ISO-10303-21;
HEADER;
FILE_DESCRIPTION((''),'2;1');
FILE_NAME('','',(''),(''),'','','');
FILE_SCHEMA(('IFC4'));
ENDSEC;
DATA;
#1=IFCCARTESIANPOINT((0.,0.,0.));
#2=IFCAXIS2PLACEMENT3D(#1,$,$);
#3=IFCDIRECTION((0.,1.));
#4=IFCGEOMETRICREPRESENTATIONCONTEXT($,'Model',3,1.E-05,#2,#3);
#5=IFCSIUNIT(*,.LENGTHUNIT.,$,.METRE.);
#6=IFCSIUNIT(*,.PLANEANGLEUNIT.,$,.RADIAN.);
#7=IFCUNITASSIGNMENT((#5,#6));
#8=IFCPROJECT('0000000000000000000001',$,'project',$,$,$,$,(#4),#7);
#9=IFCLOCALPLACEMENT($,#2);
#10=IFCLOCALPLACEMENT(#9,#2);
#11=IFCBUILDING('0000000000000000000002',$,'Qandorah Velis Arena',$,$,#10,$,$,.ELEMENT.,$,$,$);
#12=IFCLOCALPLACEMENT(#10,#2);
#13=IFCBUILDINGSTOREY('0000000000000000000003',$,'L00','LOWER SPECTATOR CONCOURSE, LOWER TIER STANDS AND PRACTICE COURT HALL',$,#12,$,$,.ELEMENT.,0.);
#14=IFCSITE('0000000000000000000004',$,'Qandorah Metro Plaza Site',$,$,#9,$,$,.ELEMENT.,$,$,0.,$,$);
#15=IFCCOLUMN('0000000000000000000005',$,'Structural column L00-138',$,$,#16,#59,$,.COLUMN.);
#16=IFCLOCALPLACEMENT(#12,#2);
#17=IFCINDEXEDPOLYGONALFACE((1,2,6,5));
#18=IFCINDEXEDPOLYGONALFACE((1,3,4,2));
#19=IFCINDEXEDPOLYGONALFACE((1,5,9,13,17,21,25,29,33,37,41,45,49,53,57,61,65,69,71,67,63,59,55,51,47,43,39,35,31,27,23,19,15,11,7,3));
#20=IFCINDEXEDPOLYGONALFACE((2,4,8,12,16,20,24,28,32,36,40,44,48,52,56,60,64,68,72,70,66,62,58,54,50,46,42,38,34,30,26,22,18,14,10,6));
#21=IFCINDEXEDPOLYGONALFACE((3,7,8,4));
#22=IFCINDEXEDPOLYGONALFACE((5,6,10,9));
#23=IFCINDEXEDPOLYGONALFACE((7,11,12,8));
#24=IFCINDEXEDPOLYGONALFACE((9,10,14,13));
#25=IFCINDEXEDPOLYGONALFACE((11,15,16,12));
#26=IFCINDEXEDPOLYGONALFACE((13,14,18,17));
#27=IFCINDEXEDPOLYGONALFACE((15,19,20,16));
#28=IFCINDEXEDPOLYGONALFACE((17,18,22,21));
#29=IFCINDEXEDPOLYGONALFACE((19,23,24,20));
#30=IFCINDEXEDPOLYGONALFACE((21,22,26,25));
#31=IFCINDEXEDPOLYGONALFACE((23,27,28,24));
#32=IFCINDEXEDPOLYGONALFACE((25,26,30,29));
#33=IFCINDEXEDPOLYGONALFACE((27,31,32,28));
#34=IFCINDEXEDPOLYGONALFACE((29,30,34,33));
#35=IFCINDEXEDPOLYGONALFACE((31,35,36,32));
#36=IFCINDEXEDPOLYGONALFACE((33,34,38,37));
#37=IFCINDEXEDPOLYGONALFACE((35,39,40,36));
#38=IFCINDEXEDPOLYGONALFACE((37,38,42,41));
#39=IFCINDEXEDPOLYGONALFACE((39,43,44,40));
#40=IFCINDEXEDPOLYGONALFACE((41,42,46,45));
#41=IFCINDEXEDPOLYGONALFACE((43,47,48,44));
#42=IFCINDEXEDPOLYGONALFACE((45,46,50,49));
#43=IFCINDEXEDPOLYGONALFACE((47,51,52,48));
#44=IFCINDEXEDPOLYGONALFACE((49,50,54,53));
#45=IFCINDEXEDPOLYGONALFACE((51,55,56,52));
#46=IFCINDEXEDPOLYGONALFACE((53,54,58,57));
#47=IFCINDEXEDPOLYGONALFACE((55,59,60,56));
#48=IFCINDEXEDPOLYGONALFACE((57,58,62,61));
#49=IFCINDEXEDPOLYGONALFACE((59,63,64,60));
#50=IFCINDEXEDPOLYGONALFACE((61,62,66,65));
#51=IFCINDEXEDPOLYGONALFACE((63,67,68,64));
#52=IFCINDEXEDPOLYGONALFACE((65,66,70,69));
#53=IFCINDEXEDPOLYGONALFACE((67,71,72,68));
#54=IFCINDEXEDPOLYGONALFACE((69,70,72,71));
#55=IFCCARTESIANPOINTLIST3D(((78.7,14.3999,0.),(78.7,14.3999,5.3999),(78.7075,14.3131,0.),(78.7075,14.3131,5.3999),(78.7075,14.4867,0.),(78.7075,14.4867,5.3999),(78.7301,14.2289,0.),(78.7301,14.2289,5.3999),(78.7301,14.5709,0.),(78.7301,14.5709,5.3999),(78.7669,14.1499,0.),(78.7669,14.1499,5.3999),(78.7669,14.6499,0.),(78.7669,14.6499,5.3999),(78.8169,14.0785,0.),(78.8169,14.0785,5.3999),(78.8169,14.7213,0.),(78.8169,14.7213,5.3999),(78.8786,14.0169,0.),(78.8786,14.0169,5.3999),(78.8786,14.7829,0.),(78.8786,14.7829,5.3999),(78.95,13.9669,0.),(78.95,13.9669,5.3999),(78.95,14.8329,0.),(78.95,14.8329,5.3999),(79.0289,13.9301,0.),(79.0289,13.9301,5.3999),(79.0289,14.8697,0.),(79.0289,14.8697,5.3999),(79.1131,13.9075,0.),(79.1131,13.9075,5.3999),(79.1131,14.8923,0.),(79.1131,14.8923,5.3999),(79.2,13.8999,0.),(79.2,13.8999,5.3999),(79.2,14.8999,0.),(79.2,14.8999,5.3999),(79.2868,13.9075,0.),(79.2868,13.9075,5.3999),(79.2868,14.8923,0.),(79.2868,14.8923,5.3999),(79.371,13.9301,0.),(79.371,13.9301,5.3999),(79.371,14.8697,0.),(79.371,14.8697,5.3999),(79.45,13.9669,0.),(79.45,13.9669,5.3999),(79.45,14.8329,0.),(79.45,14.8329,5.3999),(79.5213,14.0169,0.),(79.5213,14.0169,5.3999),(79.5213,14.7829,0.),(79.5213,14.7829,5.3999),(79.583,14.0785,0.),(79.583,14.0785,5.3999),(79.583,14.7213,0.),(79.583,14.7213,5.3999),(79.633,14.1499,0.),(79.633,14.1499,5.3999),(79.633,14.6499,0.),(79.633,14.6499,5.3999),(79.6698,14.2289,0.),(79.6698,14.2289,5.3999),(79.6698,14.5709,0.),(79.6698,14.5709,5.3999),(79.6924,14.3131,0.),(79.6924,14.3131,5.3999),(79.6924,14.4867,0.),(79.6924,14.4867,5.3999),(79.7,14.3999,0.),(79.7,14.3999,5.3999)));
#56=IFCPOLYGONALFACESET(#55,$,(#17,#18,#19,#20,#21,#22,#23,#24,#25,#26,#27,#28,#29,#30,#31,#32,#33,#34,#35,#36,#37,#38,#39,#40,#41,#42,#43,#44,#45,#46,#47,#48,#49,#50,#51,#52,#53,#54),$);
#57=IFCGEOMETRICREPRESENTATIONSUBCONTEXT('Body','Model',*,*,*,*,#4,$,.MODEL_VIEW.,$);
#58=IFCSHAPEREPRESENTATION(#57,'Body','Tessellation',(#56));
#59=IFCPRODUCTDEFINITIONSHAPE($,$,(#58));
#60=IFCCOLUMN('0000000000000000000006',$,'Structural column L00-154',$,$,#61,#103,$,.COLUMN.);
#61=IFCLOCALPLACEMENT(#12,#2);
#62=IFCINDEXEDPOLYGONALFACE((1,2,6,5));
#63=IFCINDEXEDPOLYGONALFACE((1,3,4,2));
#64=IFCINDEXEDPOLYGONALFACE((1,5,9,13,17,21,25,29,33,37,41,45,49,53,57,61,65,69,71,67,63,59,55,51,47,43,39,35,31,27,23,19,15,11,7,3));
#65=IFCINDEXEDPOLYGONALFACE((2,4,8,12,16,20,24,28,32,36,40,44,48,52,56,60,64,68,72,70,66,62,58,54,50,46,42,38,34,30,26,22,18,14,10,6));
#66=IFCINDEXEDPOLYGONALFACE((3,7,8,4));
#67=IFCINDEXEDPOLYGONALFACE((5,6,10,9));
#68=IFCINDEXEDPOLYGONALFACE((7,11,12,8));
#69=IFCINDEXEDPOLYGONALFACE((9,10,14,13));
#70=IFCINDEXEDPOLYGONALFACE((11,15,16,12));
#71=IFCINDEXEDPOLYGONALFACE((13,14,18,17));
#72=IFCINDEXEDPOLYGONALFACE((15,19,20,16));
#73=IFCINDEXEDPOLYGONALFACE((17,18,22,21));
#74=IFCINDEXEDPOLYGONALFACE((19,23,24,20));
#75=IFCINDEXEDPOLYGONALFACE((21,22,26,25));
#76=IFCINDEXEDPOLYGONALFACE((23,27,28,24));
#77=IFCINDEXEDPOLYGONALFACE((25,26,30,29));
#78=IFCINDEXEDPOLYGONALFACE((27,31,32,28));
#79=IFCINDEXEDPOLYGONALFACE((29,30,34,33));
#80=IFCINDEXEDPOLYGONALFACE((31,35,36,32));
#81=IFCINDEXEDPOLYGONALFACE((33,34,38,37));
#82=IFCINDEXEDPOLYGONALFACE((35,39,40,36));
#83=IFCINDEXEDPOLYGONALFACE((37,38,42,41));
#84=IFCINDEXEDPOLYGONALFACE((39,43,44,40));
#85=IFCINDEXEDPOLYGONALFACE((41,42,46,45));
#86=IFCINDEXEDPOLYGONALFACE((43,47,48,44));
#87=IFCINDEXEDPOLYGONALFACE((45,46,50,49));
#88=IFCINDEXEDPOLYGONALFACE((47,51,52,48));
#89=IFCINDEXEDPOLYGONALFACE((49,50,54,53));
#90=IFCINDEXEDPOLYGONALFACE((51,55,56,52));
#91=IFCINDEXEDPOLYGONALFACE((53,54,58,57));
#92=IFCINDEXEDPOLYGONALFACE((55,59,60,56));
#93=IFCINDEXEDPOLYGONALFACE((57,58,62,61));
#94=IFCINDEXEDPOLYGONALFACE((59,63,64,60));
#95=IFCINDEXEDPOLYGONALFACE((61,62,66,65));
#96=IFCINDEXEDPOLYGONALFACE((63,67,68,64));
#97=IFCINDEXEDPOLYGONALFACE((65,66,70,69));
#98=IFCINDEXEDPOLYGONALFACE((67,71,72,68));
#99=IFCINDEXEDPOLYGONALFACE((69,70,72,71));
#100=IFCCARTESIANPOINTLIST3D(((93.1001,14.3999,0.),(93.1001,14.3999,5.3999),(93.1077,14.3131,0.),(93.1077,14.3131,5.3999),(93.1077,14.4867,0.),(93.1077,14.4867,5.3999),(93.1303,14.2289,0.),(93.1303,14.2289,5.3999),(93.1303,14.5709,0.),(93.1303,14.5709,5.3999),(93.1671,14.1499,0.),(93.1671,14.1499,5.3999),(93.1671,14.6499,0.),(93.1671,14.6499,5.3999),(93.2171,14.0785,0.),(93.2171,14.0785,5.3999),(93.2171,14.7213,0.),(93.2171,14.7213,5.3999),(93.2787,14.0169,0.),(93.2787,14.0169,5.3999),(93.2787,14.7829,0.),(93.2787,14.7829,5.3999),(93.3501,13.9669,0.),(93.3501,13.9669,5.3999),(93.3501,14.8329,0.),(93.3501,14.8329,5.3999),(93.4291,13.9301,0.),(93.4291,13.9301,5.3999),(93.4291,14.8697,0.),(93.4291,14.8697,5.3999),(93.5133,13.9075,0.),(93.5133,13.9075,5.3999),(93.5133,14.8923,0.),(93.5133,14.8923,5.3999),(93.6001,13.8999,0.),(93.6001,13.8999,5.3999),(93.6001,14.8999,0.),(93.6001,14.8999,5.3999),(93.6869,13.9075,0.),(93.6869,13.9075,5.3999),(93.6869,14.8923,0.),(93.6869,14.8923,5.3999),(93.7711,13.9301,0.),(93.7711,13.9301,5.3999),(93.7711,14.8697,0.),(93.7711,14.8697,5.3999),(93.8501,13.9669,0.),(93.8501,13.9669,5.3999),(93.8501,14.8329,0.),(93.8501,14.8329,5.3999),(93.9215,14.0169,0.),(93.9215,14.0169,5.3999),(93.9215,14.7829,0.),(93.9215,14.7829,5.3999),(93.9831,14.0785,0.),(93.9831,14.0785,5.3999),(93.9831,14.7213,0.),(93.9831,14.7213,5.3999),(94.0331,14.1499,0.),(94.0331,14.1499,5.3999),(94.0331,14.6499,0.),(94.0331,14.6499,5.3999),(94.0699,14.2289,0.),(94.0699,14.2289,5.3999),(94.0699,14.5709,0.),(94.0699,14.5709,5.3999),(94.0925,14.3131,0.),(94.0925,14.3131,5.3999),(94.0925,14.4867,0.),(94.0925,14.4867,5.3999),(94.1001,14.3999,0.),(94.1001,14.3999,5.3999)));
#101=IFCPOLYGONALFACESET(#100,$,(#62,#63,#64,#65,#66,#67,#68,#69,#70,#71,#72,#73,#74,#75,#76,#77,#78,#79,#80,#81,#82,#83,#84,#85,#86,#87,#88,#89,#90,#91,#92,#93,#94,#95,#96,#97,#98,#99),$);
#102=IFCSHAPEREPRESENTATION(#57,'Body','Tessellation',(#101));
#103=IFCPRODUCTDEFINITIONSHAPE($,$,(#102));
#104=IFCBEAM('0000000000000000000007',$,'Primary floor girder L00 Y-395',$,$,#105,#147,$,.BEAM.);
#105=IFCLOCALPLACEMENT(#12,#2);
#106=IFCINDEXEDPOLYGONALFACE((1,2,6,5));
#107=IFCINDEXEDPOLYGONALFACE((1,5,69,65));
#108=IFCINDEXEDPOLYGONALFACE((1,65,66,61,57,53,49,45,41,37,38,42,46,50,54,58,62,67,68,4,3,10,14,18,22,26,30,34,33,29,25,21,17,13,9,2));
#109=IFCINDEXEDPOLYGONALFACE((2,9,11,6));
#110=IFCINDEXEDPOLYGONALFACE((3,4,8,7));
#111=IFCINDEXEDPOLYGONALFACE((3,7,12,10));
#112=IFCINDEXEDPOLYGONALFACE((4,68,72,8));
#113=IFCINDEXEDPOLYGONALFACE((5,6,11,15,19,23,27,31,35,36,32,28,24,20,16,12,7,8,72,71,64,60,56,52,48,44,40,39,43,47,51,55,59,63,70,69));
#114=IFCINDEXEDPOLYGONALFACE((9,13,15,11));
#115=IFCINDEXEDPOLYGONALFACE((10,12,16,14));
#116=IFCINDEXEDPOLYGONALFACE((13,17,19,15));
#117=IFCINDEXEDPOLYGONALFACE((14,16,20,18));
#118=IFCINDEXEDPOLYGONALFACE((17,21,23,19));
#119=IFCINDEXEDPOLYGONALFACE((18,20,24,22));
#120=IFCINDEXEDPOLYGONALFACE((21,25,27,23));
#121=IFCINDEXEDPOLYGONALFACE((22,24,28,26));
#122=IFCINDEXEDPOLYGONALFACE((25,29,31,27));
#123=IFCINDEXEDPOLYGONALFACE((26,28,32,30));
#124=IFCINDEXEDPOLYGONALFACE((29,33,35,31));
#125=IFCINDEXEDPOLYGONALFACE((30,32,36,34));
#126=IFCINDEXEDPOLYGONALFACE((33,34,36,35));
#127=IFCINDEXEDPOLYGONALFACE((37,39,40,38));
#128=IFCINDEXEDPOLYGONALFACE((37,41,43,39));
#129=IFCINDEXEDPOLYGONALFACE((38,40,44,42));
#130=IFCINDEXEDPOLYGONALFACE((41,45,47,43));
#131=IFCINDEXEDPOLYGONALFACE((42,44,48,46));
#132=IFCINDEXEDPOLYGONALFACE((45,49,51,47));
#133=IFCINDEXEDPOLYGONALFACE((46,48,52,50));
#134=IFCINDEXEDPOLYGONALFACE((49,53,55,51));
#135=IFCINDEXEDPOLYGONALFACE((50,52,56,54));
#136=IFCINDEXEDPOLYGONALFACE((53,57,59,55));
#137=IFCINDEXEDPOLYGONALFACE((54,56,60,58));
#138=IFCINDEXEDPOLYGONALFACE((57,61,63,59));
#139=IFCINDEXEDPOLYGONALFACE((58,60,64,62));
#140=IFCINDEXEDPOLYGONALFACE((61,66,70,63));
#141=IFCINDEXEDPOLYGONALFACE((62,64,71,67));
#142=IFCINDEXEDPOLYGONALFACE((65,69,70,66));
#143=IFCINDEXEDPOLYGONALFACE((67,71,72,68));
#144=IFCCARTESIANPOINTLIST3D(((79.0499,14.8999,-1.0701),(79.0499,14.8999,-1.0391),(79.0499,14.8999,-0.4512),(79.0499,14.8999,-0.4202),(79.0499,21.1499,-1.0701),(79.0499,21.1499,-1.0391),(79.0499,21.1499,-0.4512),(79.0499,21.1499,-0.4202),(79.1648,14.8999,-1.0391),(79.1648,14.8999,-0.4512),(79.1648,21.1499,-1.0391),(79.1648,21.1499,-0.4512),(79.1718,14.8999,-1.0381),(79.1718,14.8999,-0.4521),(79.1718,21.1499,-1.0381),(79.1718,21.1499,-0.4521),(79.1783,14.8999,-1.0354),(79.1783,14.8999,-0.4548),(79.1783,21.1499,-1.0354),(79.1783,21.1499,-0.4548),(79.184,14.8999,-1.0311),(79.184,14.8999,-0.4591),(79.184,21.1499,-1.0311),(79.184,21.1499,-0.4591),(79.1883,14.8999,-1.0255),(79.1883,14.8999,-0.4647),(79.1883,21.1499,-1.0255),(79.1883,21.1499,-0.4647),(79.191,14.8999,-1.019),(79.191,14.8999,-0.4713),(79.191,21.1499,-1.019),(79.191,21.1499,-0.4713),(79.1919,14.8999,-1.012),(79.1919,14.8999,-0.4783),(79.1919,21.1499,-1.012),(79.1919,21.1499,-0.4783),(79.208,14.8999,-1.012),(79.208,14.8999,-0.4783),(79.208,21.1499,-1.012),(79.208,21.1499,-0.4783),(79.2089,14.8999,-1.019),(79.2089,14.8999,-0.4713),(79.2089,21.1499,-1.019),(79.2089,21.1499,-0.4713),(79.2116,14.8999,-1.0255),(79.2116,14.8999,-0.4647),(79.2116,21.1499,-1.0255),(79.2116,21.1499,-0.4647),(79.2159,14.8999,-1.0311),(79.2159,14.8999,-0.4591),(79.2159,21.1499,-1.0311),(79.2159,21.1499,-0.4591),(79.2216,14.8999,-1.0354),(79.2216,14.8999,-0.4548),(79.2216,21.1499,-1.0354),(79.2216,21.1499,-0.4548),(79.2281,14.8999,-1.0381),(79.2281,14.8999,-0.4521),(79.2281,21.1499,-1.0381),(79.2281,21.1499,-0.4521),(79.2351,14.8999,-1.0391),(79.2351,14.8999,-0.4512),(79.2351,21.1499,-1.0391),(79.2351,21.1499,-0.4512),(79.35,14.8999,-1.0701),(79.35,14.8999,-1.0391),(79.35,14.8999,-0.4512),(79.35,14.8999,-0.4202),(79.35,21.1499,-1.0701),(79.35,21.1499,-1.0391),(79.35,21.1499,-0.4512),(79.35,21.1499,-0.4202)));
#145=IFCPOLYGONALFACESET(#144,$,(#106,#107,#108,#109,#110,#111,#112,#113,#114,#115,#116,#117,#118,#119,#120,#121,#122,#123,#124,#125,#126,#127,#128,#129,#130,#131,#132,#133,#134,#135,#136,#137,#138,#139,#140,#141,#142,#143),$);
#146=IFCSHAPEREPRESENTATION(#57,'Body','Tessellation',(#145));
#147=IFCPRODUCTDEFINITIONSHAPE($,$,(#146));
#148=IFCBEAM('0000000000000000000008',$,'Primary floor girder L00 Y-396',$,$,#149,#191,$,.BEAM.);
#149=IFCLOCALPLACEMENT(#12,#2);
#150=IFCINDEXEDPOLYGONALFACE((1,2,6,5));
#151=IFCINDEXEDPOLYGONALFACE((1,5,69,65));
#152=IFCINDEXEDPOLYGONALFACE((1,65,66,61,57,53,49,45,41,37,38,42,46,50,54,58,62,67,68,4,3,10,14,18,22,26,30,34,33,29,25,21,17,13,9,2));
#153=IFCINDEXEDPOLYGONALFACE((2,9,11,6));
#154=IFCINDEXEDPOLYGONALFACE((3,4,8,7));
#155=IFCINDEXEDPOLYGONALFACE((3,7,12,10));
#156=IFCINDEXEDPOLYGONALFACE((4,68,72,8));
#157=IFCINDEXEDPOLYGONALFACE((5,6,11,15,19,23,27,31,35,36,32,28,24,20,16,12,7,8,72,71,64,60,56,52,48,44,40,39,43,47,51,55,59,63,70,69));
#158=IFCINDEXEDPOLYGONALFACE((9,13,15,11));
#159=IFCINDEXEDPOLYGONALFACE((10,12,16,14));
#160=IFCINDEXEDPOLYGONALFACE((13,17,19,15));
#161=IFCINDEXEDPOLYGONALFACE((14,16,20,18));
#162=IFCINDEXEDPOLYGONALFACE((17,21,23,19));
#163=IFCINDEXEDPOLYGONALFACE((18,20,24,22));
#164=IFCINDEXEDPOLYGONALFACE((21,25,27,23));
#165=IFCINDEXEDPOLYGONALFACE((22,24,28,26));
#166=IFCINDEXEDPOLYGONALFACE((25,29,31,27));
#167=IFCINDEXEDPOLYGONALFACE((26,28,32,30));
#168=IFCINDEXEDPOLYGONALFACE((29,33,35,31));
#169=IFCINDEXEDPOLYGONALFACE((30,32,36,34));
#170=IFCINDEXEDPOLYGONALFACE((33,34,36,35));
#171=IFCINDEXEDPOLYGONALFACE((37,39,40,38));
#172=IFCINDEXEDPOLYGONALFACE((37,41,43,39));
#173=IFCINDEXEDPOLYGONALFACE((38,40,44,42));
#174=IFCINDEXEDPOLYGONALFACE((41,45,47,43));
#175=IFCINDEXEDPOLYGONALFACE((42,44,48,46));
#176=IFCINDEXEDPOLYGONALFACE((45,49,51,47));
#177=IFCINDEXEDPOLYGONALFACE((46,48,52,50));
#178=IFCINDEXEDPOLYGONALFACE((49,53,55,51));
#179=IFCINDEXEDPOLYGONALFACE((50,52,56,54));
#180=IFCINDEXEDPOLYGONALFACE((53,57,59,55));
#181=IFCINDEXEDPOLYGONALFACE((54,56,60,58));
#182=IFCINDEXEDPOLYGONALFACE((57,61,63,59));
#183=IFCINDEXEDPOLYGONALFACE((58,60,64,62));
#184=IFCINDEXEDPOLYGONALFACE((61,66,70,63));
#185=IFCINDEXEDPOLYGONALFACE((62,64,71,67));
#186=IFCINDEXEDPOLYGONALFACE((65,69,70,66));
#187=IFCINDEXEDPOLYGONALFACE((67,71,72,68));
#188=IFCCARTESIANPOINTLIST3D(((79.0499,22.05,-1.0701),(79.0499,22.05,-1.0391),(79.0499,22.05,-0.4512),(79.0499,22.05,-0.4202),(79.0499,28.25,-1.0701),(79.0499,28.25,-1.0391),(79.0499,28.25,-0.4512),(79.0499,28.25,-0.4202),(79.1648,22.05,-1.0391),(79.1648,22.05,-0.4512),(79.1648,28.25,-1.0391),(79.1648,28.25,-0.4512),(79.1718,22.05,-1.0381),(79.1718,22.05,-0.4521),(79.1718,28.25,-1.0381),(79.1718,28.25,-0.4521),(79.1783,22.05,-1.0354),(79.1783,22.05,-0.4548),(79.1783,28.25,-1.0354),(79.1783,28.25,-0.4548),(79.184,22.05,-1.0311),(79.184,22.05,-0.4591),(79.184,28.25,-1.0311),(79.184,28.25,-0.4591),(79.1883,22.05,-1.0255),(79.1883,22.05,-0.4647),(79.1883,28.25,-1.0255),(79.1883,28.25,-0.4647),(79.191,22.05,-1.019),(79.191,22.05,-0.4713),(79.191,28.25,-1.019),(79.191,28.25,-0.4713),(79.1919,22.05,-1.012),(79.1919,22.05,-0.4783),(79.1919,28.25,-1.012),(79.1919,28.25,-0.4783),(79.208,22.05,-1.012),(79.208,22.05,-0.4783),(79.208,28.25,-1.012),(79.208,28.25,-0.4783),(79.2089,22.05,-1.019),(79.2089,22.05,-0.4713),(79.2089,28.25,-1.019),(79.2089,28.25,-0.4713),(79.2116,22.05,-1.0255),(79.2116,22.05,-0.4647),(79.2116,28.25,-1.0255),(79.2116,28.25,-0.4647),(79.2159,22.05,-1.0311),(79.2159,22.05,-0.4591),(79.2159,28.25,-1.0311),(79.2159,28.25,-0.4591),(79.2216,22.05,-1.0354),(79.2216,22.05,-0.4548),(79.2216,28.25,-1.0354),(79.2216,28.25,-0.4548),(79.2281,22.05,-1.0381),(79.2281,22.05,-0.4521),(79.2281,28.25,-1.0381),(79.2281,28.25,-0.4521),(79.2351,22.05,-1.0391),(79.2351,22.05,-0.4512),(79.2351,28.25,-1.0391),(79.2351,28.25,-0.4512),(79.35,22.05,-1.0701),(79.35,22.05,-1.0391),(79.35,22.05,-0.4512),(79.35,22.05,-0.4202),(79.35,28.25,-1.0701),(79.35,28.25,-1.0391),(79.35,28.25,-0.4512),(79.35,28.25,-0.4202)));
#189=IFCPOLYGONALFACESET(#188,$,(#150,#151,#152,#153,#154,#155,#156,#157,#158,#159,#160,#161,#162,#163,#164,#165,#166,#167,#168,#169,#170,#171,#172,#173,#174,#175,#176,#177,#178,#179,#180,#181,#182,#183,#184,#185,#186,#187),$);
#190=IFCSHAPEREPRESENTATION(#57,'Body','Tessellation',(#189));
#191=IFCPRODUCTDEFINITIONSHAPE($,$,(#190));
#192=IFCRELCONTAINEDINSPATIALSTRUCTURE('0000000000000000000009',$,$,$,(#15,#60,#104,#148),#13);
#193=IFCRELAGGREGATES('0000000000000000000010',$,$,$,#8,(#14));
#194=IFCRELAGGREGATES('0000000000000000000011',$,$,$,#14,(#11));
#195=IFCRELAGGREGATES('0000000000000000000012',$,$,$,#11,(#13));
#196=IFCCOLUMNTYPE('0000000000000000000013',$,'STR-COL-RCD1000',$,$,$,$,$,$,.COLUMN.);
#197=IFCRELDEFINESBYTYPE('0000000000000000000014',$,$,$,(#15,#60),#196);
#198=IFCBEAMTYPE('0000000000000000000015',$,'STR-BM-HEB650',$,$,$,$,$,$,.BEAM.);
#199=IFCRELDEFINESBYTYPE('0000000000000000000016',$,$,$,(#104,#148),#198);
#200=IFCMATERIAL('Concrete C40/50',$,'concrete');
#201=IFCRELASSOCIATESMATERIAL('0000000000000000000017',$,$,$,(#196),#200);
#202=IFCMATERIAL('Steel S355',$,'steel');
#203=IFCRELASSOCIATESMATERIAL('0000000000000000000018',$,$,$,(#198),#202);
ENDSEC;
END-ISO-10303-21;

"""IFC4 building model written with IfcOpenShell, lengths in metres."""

from ifc_helpers import new_model, si_unit, direction, frame, origin, origin_2d, place, context, subcontext, project, spatial, circle, i_section, extrude, material, material_profile, profile_set, type_object, element, save


model = new_model("IFC4")

# Units and contexts
model_context = context("Model", 3, precision=1e-05, world=origin(), true_north=direction((0.0, 1.0)))
body_context = subcontext(model_context, "Body", "Model", "MODEL_VIEW")
ifc_project = project(units=[si_unit("LENGTHUNIT", "METRE"), si_unit("PLANEANGLEUNIT", "RADIAN")], contexts=[model_context])

# Site, building, storey
site_placement = place(None, origin())
site = spatial("IfcSite", under=ifc_project, at=site_placement, Name="Qandorah Metro Plaza Site", CompositionType="ELEMENT", RefElevation=0.0)
building_placement = place(site_placement, origin())
building = spatial("IfcBuilding", under=site, at=building_placement, Name="Qandorah Velis Arena", CompositionType="ELEMENT")
storey_placement = place(building_placement, origin())
storey = spatial("IfcBuildingStorey", under=building, at=storey_placement, Name="L00", Description="LOWER SPECTATOR CONCOURSE, LOWER TIER STANDS AND PRACTICE COURT HALL", CompositionType="ELEMENT", Elevation=0.0)

# Columns
ifc_material_1 = material(Name="Concrete C40/50", Category="concrete")
ifc_material_profile_1 = material_profile(ifc_material_1, circle(Radius=0.5, at=origin_2d()), Name="RC D1000")
ifc_profile_set_1 = profile_set([ifc_material_profile_1], Name="Concrete C40/50")
column_type_1 = type_object("IfcColumnType", Name="STR-COL-RCD1000", PredefinedType="COLUMN", material=ifc_profile_set_1)
for number, where, z_axis, x_axis, name in (
    (1, (79.2, 14.3999, 0.0), (0.0, 0.0, 1.0), (1.0, 0.0, 0.0), "Structural column L00-138"),
    (2, (93.6001, 14.3999, 0.0), (0.0, 0.0, 1.0), (1.0, 0.0, 0.0), "Structural column L00-154"),
):
    element("IfcColumn", number, at=place(storey_placement, frame(where, z_axis=z_axis, x_axis=x_axis)), inside=storey, type_object=column_type_1, Name=name, PredefinedType="COLUMN", context=body_context, shape_type="SweptSolid", body=[
        extrude(circle(Radius=0.5, at=origin_2d()), origin(), (0.0, 0.0, 1.0), 5.3999),
    ])

# Beams
ifc_material_2 = material(Name="Steel S355", Category="steel")
ifc_material_profile_2 = material_profile(ifc_material_2, i_section(OverallWidth=0.3, OverallDepth=0.6499, WebThickness=0.0161, FlangeThickness=0.031, FilletRadius=0.0271, at=origin_2d()), Name="HEB 650")
ifc_profile_set_2 = profile_set([ifc_material_profile_2], Name="Steel S355")
beam_type_1 = type_object("IfcBeamType", Name="STR-BM-HEB650", PredefinedType="BEAM", material=ifc_profile_set_2)
beam_1_placement = place(storey_placement, frame((79.2, 14.8999, -0.7451), z_axis=(0.0, 1.0, 0.0), x_axis=(-1.0, 0.0, 0.0)))
element("IfcBeam", 3, at=beam_1_placement, inside=storey, type_object=beam_type_1, Name="Primary floor girder L00 Y-395", PredefinedType="BEAM", context=body_context, shape_type="SweptSolid", body=[
    extrude(i_section(OverallWidth=0.3, OverallDepth=0.6499, WebThickness=0.0161, FlangeThickness=0.031, FilletRadius=0.0271, at=origin_2d()), origin(), (0.0, 0.0, 1.0), 6.25),
])
beam_2_placement = place(storey_placement, frame((79.2, 22.05, -0.7451), z_axis=(0.0, 1.0, 0.0), x_axis=(-1.0, 0.0, 0.0)))
element("IfcBeam", 4, at=beam_2_placement, inside=storey, type_object=beam_type_1, Name="Primary floor girder L00 Y-396", PredefinedType="BEAM", context=body_context, shape_type="SweptSolid", body=[
    extrude(i_section(OverallWidth=0.3, OverallDepth=0.6499, WebThickness=0.0161, FlangeThickness=0.031, FilletRadius=0.0271, at=origin_2d()), origin(), (0.0, 0.0, 1.0), 6.2),
])

save(model, "model.ifc")
